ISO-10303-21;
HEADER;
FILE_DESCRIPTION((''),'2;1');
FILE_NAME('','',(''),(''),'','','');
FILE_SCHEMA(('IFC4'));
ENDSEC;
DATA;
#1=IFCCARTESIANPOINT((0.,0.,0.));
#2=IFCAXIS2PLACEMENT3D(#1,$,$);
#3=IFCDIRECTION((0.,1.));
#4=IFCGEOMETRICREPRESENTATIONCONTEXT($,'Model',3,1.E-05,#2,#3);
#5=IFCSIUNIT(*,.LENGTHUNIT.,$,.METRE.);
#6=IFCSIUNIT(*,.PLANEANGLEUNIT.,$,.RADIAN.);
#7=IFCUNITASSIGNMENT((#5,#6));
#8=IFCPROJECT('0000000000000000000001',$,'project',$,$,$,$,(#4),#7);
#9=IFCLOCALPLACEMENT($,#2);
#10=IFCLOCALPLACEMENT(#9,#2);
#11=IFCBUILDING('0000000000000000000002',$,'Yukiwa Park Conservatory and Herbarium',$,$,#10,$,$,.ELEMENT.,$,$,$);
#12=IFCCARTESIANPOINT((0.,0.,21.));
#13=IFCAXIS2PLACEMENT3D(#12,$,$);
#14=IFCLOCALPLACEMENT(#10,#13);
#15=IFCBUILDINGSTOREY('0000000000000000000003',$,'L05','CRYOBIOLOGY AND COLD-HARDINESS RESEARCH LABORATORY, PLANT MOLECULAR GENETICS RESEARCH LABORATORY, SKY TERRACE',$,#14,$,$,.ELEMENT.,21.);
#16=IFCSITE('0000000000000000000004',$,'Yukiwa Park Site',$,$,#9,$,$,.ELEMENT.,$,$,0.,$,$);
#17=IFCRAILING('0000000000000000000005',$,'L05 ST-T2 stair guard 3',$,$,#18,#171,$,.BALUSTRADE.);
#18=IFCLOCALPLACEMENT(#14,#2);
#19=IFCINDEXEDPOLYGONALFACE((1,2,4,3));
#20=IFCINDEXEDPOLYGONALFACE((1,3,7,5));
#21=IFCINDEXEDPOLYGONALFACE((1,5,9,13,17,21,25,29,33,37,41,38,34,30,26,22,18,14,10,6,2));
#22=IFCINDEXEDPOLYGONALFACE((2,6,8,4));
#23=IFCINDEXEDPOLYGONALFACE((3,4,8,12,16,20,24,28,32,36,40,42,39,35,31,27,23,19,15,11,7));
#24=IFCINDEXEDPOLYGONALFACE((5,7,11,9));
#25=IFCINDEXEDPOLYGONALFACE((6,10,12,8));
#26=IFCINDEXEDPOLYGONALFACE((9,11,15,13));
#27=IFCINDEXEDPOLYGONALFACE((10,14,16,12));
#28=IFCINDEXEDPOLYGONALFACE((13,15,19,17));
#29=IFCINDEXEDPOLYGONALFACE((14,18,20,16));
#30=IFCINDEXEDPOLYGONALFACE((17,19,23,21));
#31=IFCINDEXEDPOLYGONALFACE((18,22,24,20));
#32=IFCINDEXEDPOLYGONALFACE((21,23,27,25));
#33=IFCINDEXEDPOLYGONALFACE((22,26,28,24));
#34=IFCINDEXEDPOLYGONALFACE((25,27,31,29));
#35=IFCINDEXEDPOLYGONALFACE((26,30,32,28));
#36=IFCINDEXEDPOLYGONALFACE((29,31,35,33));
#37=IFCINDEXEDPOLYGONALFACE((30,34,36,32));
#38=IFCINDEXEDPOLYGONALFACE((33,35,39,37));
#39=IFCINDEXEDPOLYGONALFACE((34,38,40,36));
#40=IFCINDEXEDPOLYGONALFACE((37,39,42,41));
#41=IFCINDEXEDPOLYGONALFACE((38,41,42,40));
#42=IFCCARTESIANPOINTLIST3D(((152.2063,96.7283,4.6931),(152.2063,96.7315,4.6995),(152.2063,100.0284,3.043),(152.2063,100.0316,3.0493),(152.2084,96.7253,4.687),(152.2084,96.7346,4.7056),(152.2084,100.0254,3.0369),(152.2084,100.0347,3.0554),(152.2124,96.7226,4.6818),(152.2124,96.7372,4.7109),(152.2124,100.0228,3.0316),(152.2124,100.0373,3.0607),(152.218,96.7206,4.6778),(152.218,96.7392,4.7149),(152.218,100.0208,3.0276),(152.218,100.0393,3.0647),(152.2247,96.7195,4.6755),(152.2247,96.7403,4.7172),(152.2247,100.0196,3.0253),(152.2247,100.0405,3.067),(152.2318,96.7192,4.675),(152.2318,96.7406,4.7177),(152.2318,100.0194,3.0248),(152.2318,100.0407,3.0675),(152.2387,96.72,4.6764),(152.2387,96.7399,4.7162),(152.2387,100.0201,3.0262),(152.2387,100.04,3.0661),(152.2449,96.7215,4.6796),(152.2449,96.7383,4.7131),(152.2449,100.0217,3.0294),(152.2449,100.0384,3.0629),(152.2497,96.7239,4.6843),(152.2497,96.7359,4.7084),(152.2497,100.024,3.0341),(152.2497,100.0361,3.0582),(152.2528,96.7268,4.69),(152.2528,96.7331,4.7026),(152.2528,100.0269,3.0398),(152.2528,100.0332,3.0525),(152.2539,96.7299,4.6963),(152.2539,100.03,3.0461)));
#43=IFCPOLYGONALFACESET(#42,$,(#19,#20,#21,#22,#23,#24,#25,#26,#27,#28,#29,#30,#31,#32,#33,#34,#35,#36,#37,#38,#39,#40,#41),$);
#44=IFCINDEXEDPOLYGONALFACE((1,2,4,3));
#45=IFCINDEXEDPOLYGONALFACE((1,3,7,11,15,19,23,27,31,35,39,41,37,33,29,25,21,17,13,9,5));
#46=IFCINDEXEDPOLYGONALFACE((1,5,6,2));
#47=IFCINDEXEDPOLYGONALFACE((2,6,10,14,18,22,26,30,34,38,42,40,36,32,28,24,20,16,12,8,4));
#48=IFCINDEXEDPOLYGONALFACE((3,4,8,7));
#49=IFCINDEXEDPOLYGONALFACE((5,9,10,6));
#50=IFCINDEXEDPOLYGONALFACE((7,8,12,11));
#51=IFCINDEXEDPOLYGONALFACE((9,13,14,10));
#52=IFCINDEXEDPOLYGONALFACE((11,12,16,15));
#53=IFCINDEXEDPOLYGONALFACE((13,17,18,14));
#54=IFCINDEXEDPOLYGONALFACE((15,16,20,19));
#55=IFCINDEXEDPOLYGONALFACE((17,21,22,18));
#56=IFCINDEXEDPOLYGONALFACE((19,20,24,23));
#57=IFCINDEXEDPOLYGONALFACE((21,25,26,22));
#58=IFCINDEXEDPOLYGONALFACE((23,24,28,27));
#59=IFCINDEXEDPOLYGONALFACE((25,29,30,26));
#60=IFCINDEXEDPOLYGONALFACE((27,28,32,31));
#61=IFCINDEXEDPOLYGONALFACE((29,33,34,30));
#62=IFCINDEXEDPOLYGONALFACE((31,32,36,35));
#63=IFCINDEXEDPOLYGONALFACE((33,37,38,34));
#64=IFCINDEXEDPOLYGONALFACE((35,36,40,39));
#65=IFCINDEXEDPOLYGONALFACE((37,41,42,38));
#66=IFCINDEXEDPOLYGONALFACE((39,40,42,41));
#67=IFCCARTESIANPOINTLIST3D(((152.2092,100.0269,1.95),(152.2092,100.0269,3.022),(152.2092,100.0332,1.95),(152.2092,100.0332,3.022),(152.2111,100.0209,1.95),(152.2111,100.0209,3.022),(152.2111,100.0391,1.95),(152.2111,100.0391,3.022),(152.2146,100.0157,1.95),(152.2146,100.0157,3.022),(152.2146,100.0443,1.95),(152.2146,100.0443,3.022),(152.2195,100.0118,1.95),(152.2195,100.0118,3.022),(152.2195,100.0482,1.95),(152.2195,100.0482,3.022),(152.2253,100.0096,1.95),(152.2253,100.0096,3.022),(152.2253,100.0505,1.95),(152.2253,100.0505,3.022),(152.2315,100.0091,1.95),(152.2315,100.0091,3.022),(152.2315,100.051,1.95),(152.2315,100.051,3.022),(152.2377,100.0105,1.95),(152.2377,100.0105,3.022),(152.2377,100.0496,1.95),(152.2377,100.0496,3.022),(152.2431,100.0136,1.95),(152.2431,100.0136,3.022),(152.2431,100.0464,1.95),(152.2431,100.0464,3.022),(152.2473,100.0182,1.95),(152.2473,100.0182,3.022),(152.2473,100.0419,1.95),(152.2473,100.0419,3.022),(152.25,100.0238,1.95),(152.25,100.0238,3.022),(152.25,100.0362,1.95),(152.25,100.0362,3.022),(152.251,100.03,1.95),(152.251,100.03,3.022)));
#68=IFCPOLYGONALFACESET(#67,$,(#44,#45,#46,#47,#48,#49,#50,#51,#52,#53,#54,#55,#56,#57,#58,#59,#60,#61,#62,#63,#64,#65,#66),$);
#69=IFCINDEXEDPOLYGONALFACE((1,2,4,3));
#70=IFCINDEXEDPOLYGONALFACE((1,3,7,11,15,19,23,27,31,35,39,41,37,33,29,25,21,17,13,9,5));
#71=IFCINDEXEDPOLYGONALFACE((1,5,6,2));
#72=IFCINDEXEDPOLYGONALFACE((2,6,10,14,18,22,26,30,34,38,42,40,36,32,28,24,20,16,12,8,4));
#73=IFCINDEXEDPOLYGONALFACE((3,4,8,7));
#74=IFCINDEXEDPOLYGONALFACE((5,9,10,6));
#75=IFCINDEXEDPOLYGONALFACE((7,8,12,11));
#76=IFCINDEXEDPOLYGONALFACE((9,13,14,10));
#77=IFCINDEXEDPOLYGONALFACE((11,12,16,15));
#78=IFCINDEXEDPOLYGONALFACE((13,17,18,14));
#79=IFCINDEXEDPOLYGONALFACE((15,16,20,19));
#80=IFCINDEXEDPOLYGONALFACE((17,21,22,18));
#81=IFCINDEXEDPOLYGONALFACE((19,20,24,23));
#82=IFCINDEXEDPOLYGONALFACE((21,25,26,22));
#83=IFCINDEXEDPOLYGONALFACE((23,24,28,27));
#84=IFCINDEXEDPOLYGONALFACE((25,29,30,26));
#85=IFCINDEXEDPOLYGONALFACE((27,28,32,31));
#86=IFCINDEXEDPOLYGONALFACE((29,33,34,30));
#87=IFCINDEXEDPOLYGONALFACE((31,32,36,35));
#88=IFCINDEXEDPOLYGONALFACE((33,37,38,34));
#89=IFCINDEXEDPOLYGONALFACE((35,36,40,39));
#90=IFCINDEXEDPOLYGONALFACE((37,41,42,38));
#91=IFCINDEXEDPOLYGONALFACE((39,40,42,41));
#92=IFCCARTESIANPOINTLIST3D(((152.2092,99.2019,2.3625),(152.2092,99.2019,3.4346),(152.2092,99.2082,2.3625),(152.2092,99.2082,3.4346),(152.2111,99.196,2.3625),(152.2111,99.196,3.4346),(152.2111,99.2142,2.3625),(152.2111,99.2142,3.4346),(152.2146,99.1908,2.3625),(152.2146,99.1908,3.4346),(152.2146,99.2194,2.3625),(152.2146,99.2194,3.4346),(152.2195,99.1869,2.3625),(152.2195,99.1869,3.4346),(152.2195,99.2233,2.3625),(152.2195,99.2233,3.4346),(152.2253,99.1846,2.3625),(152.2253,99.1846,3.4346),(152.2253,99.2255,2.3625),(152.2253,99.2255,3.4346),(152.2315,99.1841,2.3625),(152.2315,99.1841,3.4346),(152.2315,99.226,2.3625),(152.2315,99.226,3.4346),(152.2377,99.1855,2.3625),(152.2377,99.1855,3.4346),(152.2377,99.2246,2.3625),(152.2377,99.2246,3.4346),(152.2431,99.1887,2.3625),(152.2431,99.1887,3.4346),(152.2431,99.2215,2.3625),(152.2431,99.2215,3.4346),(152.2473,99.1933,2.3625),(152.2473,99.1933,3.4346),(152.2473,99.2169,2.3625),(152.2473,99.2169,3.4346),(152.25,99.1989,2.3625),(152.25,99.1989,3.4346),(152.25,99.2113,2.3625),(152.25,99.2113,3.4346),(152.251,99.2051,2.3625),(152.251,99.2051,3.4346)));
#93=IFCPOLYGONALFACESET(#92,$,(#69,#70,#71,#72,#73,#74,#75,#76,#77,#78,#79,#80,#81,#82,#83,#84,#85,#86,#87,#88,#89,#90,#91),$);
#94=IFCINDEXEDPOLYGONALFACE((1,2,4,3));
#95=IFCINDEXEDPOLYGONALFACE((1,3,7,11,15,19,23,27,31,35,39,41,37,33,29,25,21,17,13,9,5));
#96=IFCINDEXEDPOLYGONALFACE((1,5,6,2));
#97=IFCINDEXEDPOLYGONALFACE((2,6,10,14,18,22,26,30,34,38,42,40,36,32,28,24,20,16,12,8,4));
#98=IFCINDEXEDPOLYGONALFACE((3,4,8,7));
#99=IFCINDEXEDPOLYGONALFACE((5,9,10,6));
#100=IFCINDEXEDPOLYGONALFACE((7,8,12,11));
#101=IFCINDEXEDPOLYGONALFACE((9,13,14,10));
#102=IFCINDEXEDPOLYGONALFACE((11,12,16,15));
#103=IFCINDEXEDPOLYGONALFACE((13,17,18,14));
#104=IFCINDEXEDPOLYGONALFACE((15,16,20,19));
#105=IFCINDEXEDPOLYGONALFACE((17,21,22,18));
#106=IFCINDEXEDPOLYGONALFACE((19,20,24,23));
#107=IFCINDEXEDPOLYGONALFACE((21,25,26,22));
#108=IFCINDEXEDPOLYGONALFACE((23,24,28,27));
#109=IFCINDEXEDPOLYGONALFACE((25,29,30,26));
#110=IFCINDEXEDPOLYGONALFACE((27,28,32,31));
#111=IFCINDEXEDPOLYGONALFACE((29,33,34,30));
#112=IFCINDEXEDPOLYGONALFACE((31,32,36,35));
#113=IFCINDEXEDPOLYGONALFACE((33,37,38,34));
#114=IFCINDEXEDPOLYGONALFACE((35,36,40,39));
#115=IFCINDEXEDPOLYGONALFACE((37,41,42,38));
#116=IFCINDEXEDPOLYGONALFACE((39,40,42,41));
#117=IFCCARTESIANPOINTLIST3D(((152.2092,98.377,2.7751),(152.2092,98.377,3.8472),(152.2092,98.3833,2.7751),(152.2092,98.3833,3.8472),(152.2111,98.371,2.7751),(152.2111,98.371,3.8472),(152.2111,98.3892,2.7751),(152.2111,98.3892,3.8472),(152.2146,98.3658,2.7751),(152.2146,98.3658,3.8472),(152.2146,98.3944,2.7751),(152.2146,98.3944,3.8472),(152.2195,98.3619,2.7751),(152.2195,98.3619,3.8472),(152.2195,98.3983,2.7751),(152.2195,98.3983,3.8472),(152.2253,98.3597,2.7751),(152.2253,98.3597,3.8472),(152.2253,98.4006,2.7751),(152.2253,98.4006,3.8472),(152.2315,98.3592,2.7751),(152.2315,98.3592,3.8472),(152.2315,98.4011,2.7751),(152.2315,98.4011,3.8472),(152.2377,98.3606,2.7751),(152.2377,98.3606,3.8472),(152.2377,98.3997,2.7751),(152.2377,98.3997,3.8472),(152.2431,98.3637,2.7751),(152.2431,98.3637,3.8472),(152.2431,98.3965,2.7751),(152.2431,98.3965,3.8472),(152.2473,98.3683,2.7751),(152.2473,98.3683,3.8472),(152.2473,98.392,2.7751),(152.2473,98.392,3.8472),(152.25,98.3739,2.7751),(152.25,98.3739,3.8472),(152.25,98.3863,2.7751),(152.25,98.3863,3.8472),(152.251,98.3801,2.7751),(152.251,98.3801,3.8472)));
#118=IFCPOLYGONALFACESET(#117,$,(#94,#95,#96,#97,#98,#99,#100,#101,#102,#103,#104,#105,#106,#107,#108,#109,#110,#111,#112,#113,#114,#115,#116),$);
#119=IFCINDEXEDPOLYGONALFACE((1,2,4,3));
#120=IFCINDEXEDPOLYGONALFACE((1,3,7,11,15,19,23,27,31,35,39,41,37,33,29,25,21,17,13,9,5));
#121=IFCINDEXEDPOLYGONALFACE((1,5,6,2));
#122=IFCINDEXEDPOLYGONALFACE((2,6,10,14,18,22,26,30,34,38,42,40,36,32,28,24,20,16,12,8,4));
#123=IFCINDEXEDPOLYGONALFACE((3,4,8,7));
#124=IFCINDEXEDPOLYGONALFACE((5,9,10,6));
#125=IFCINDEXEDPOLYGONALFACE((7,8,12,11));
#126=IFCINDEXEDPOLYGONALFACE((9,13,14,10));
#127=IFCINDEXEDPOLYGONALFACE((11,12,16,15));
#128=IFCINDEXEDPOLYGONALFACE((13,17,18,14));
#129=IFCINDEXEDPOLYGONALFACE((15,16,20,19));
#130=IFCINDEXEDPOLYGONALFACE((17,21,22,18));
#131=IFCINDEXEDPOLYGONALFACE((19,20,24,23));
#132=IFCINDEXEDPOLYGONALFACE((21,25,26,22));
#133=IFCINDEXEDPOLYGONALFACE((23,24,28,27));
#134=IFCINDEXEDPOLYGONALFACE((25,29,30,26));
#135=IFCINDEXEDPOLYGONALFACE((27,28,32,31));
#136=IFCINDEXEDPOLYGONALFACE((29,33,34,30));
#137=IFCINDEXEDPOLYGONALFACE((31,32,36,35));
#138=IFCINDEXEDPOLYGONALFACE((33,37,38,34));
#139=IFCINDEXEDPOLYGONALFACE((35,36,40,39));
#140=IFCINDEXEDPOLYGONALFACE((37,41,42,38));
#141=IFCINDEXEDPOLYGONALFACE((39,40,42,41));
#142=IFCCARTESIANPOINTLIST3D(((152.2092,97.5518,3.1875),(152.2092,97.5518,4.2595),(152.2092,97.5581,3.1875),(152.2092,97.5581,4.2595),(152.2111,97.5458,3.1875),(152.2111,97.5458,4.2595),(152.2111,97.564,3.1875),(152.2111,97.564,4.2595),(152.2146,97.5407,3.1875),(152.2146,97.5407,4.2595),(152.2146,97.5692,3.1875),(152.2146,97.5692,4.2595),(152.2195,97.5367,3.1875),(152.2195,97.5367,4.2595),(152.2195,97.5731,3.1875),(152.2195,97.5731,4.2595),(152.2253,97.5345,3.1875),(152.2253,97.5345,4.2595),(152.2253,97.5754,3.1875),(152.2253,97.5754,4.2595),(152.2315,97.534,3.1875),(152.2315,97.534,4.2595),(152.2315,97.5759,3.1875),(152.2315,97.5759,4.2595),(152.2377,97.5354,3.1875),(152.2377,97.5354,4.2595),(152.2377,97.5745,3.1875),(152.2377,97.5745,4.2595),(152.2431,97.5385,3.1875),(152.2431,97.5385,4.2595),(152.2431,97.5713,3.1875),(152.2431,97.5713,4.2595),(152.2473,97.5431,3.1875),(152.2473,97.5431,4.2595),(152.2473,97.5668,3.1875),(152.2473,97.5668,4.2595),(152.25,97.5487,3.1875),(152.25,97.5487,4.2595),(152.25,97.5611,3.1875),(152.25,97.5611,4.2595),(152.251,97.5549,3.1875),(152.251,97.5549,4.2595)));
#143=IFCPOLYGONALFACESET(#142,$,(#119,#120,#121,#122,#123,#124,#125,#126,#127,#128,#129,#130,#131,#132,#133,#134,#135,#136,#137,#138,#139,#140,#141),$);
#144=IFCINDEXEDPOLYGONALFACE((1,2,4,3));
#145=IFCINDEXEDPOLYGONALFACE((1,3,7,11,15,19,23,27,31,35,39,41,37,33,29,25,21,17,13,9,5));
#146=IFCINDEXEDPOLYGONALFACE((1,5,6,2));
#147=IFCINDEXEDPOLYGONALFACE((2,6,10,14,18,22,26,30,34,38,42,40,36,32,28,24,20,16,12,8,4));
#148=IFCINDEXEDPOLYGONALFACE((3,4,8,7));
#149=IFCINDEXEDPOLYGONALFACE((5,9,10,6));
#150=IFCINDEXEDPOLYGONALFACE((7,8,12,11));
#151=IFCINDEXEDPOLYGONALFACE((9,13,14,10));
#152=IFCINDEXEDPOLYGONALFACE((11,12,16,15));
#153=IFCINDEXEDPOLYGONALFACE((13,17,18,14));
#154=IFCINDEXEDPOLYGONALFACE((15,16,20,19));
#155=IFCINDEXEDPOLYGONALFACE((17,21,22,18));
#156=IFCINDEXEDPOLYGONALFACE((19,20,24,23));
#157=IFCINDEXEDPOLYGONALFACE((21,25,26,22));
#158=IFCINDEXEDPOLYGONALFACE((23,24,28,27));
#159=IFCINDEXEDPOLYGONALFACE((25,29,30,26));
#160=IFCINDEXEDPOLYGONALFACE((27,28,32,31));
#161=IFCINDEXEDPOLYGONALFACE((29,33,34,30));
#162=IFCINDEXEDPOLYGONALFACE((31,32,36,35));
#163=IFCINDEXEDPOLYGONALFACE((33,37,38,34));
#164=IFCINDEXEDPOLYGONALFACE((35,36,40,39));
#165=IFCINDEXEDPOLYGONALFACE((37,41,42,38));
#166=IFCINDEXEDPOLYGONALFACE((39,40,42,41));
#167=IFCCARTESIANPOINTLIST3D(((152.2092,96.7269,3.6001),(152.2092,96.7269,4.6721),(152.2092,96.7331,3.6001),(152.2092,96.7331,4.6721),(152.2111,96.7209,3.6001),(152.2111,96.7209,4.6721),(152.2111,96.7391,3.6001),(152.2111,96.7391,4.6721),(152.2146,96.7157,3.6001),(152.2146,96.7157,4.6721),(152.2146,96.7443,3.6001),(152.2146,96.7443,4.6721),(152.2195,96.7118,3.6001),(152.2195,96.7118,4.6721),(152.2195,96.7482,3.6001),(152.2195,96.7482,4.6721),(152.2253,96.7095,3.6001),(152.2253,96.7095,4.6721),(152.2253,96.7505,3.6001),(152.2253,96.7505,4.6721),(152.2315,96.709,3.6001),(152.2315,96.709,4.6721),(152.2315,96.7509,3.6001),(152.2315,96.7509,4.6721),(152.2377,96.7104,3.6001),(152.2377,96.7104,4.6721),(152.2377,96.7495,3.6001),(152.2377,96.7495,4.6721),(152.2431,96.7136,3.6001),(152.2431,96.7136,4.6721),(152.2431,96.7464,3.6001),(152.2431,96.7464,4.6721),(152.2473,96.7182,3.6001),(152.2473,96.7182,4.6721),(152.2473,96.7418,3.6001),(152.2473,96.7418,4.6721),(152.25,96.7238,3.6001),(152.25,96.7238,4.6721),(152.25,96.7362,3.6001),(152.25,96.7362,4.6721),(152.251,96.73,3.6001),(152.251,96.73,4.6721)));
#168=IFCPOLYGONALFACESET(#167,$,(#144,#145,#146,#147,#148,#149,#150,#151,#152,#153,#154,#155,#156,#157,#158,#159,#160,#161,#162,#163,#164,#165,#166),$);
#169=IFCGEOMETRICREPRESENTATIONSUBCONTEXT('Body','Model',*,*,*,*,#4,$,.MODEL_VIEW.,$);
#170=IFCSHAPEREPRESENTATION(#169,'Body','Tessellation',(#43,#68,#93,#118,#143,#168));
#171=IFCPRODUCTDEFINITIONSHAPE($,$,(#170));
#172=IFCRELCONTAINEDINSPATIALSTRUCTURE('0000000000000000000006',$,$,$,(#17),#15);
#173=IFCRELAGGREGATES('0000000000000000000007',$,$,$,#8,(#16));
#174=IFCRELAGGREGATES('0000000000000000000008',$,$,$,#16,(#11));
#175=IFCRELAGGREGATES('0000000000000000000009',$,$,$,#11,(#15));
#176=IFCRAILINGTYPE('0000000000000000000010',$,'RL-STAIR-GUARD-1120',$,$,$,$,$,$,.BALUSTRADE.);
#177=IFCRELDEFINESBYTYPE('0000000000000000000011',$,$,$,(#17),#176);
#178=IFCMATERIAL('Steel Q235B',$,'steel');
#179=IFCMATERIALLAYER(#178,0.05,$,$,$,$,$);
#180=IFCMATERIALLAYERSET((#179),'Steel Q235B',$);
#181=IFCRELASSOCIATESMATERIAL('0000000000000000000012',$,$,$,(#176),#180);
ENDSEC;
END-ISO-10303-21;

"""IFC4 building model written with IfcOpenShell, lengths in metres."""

from ifc_helpers import new_model, si_unit, direction, frame, origin, origin_2d, place, context, subcontext, project, spatial, circle, extrude, material, layer, layer_set, type_object, element, save


model = new_model("IFC4")

# Units and contexts
model_context = context("Model", 3, precision=1e-05, world=origin(), true_north=direction((0.0, 1.0)))
body_context = subcontext(model_context, "Body", "Model", "MODEL_VIEW")
ifc_project = project(units=[si_unit("LENGTHUNIT", "METRE"), si_unit("PLANEANGLEUNIT", "RADIAN")], contexts=[model_context])

# Site, building, storey
site_placement = place(None, origin())
site = spatial("IfcSite", under=ifc_project, at=site_placement, Name="Yukiwa Park Site", CompositionType="ELEMENT", RefElevation=0.0)
building_placement = place(site_placement, origin())
building = spatial("IfcBuilding", under=site, at=building_placement, Name="Yukiwa Park Conservatory and Herbarium", CompositionType="ELEMENT")
storey_placement = place(building_placement, frame((0.0, 0.0, 21.0)))
storey = spatial("IfcBuildingStorey", under=building, at=storey_placement, Name="L05", Description="CRYOBIOLOGY AND COLD-HARDINESS RESEARCH LABORATORY, PLANT MOLECULAR GENETICS RESEARCH LABORATORY, SKY TERRACE", CompositionType="ELEMENT", Elevation=21.0)

# Railing
ifc_material_1 = material(Name="Steel Q235B", Category="steel")
ifc_layer_1 = layer(ifc_material_1, 0.05)
ifc_layer_set_1 = layer_set([ifc_layer_1], Name="Steel Q235B")
railing_type_1 = type_object("IfcRailingType", Name="RL-STAIR-GUARD-1120", PredefinedType="BALUSTRADE", material=ifc_layer_set_1)
railing_1_placement = place(storey_placement, frame((152.23, 100.03, 1.95)))
element("IfcRailing", 1, at=railing_1_placement, inside=storey, type_object=railing_type_1, Name="L05 ST-T2 stair guard 3", PredefinedType="BALUSTRADE", context=body_context, shape_type="SweptSolid", body=[
    extrude(circle(Radius=0.0239, at=origin_2d()), frame((0.0, 0.0, 1.0962), z_axis=(0.0, -0.894414, 0.44724), x_axis=(1.0, 0.0, 0.0)), (0.0, 0.0, 1.0), 3.6897),
    extrude(circle(Radius=0.021, at=origin_2d()), origin(), (0.0, 0.0, 1.0), 1.072),
    extrude(circle(Radius=0.021, at=origin_2d()), frame((0.0, -0.825, 0.4126)), (0.0, 0.0, 1.0), 1.072),
    extrude(circle(Radius=0.021, at=origin_2d()), frame((0.0, -1.6499, 0.8252)), (0.0, 0.0, 1.0), 1.072),
    extrude(circle(Radius=0.021, at=origin_2d()), frame((0.0, -2.4751, 1.2375)), (0.0, 0.0, 1.0), 1.072),
    extrude(circle(Radius=0.021, at=origin_2d()), frame((0.0, -3.3, 1.6501)), (0.0, 0.0, 1.0), 1.072),
])

save(model, "model.ifc")
